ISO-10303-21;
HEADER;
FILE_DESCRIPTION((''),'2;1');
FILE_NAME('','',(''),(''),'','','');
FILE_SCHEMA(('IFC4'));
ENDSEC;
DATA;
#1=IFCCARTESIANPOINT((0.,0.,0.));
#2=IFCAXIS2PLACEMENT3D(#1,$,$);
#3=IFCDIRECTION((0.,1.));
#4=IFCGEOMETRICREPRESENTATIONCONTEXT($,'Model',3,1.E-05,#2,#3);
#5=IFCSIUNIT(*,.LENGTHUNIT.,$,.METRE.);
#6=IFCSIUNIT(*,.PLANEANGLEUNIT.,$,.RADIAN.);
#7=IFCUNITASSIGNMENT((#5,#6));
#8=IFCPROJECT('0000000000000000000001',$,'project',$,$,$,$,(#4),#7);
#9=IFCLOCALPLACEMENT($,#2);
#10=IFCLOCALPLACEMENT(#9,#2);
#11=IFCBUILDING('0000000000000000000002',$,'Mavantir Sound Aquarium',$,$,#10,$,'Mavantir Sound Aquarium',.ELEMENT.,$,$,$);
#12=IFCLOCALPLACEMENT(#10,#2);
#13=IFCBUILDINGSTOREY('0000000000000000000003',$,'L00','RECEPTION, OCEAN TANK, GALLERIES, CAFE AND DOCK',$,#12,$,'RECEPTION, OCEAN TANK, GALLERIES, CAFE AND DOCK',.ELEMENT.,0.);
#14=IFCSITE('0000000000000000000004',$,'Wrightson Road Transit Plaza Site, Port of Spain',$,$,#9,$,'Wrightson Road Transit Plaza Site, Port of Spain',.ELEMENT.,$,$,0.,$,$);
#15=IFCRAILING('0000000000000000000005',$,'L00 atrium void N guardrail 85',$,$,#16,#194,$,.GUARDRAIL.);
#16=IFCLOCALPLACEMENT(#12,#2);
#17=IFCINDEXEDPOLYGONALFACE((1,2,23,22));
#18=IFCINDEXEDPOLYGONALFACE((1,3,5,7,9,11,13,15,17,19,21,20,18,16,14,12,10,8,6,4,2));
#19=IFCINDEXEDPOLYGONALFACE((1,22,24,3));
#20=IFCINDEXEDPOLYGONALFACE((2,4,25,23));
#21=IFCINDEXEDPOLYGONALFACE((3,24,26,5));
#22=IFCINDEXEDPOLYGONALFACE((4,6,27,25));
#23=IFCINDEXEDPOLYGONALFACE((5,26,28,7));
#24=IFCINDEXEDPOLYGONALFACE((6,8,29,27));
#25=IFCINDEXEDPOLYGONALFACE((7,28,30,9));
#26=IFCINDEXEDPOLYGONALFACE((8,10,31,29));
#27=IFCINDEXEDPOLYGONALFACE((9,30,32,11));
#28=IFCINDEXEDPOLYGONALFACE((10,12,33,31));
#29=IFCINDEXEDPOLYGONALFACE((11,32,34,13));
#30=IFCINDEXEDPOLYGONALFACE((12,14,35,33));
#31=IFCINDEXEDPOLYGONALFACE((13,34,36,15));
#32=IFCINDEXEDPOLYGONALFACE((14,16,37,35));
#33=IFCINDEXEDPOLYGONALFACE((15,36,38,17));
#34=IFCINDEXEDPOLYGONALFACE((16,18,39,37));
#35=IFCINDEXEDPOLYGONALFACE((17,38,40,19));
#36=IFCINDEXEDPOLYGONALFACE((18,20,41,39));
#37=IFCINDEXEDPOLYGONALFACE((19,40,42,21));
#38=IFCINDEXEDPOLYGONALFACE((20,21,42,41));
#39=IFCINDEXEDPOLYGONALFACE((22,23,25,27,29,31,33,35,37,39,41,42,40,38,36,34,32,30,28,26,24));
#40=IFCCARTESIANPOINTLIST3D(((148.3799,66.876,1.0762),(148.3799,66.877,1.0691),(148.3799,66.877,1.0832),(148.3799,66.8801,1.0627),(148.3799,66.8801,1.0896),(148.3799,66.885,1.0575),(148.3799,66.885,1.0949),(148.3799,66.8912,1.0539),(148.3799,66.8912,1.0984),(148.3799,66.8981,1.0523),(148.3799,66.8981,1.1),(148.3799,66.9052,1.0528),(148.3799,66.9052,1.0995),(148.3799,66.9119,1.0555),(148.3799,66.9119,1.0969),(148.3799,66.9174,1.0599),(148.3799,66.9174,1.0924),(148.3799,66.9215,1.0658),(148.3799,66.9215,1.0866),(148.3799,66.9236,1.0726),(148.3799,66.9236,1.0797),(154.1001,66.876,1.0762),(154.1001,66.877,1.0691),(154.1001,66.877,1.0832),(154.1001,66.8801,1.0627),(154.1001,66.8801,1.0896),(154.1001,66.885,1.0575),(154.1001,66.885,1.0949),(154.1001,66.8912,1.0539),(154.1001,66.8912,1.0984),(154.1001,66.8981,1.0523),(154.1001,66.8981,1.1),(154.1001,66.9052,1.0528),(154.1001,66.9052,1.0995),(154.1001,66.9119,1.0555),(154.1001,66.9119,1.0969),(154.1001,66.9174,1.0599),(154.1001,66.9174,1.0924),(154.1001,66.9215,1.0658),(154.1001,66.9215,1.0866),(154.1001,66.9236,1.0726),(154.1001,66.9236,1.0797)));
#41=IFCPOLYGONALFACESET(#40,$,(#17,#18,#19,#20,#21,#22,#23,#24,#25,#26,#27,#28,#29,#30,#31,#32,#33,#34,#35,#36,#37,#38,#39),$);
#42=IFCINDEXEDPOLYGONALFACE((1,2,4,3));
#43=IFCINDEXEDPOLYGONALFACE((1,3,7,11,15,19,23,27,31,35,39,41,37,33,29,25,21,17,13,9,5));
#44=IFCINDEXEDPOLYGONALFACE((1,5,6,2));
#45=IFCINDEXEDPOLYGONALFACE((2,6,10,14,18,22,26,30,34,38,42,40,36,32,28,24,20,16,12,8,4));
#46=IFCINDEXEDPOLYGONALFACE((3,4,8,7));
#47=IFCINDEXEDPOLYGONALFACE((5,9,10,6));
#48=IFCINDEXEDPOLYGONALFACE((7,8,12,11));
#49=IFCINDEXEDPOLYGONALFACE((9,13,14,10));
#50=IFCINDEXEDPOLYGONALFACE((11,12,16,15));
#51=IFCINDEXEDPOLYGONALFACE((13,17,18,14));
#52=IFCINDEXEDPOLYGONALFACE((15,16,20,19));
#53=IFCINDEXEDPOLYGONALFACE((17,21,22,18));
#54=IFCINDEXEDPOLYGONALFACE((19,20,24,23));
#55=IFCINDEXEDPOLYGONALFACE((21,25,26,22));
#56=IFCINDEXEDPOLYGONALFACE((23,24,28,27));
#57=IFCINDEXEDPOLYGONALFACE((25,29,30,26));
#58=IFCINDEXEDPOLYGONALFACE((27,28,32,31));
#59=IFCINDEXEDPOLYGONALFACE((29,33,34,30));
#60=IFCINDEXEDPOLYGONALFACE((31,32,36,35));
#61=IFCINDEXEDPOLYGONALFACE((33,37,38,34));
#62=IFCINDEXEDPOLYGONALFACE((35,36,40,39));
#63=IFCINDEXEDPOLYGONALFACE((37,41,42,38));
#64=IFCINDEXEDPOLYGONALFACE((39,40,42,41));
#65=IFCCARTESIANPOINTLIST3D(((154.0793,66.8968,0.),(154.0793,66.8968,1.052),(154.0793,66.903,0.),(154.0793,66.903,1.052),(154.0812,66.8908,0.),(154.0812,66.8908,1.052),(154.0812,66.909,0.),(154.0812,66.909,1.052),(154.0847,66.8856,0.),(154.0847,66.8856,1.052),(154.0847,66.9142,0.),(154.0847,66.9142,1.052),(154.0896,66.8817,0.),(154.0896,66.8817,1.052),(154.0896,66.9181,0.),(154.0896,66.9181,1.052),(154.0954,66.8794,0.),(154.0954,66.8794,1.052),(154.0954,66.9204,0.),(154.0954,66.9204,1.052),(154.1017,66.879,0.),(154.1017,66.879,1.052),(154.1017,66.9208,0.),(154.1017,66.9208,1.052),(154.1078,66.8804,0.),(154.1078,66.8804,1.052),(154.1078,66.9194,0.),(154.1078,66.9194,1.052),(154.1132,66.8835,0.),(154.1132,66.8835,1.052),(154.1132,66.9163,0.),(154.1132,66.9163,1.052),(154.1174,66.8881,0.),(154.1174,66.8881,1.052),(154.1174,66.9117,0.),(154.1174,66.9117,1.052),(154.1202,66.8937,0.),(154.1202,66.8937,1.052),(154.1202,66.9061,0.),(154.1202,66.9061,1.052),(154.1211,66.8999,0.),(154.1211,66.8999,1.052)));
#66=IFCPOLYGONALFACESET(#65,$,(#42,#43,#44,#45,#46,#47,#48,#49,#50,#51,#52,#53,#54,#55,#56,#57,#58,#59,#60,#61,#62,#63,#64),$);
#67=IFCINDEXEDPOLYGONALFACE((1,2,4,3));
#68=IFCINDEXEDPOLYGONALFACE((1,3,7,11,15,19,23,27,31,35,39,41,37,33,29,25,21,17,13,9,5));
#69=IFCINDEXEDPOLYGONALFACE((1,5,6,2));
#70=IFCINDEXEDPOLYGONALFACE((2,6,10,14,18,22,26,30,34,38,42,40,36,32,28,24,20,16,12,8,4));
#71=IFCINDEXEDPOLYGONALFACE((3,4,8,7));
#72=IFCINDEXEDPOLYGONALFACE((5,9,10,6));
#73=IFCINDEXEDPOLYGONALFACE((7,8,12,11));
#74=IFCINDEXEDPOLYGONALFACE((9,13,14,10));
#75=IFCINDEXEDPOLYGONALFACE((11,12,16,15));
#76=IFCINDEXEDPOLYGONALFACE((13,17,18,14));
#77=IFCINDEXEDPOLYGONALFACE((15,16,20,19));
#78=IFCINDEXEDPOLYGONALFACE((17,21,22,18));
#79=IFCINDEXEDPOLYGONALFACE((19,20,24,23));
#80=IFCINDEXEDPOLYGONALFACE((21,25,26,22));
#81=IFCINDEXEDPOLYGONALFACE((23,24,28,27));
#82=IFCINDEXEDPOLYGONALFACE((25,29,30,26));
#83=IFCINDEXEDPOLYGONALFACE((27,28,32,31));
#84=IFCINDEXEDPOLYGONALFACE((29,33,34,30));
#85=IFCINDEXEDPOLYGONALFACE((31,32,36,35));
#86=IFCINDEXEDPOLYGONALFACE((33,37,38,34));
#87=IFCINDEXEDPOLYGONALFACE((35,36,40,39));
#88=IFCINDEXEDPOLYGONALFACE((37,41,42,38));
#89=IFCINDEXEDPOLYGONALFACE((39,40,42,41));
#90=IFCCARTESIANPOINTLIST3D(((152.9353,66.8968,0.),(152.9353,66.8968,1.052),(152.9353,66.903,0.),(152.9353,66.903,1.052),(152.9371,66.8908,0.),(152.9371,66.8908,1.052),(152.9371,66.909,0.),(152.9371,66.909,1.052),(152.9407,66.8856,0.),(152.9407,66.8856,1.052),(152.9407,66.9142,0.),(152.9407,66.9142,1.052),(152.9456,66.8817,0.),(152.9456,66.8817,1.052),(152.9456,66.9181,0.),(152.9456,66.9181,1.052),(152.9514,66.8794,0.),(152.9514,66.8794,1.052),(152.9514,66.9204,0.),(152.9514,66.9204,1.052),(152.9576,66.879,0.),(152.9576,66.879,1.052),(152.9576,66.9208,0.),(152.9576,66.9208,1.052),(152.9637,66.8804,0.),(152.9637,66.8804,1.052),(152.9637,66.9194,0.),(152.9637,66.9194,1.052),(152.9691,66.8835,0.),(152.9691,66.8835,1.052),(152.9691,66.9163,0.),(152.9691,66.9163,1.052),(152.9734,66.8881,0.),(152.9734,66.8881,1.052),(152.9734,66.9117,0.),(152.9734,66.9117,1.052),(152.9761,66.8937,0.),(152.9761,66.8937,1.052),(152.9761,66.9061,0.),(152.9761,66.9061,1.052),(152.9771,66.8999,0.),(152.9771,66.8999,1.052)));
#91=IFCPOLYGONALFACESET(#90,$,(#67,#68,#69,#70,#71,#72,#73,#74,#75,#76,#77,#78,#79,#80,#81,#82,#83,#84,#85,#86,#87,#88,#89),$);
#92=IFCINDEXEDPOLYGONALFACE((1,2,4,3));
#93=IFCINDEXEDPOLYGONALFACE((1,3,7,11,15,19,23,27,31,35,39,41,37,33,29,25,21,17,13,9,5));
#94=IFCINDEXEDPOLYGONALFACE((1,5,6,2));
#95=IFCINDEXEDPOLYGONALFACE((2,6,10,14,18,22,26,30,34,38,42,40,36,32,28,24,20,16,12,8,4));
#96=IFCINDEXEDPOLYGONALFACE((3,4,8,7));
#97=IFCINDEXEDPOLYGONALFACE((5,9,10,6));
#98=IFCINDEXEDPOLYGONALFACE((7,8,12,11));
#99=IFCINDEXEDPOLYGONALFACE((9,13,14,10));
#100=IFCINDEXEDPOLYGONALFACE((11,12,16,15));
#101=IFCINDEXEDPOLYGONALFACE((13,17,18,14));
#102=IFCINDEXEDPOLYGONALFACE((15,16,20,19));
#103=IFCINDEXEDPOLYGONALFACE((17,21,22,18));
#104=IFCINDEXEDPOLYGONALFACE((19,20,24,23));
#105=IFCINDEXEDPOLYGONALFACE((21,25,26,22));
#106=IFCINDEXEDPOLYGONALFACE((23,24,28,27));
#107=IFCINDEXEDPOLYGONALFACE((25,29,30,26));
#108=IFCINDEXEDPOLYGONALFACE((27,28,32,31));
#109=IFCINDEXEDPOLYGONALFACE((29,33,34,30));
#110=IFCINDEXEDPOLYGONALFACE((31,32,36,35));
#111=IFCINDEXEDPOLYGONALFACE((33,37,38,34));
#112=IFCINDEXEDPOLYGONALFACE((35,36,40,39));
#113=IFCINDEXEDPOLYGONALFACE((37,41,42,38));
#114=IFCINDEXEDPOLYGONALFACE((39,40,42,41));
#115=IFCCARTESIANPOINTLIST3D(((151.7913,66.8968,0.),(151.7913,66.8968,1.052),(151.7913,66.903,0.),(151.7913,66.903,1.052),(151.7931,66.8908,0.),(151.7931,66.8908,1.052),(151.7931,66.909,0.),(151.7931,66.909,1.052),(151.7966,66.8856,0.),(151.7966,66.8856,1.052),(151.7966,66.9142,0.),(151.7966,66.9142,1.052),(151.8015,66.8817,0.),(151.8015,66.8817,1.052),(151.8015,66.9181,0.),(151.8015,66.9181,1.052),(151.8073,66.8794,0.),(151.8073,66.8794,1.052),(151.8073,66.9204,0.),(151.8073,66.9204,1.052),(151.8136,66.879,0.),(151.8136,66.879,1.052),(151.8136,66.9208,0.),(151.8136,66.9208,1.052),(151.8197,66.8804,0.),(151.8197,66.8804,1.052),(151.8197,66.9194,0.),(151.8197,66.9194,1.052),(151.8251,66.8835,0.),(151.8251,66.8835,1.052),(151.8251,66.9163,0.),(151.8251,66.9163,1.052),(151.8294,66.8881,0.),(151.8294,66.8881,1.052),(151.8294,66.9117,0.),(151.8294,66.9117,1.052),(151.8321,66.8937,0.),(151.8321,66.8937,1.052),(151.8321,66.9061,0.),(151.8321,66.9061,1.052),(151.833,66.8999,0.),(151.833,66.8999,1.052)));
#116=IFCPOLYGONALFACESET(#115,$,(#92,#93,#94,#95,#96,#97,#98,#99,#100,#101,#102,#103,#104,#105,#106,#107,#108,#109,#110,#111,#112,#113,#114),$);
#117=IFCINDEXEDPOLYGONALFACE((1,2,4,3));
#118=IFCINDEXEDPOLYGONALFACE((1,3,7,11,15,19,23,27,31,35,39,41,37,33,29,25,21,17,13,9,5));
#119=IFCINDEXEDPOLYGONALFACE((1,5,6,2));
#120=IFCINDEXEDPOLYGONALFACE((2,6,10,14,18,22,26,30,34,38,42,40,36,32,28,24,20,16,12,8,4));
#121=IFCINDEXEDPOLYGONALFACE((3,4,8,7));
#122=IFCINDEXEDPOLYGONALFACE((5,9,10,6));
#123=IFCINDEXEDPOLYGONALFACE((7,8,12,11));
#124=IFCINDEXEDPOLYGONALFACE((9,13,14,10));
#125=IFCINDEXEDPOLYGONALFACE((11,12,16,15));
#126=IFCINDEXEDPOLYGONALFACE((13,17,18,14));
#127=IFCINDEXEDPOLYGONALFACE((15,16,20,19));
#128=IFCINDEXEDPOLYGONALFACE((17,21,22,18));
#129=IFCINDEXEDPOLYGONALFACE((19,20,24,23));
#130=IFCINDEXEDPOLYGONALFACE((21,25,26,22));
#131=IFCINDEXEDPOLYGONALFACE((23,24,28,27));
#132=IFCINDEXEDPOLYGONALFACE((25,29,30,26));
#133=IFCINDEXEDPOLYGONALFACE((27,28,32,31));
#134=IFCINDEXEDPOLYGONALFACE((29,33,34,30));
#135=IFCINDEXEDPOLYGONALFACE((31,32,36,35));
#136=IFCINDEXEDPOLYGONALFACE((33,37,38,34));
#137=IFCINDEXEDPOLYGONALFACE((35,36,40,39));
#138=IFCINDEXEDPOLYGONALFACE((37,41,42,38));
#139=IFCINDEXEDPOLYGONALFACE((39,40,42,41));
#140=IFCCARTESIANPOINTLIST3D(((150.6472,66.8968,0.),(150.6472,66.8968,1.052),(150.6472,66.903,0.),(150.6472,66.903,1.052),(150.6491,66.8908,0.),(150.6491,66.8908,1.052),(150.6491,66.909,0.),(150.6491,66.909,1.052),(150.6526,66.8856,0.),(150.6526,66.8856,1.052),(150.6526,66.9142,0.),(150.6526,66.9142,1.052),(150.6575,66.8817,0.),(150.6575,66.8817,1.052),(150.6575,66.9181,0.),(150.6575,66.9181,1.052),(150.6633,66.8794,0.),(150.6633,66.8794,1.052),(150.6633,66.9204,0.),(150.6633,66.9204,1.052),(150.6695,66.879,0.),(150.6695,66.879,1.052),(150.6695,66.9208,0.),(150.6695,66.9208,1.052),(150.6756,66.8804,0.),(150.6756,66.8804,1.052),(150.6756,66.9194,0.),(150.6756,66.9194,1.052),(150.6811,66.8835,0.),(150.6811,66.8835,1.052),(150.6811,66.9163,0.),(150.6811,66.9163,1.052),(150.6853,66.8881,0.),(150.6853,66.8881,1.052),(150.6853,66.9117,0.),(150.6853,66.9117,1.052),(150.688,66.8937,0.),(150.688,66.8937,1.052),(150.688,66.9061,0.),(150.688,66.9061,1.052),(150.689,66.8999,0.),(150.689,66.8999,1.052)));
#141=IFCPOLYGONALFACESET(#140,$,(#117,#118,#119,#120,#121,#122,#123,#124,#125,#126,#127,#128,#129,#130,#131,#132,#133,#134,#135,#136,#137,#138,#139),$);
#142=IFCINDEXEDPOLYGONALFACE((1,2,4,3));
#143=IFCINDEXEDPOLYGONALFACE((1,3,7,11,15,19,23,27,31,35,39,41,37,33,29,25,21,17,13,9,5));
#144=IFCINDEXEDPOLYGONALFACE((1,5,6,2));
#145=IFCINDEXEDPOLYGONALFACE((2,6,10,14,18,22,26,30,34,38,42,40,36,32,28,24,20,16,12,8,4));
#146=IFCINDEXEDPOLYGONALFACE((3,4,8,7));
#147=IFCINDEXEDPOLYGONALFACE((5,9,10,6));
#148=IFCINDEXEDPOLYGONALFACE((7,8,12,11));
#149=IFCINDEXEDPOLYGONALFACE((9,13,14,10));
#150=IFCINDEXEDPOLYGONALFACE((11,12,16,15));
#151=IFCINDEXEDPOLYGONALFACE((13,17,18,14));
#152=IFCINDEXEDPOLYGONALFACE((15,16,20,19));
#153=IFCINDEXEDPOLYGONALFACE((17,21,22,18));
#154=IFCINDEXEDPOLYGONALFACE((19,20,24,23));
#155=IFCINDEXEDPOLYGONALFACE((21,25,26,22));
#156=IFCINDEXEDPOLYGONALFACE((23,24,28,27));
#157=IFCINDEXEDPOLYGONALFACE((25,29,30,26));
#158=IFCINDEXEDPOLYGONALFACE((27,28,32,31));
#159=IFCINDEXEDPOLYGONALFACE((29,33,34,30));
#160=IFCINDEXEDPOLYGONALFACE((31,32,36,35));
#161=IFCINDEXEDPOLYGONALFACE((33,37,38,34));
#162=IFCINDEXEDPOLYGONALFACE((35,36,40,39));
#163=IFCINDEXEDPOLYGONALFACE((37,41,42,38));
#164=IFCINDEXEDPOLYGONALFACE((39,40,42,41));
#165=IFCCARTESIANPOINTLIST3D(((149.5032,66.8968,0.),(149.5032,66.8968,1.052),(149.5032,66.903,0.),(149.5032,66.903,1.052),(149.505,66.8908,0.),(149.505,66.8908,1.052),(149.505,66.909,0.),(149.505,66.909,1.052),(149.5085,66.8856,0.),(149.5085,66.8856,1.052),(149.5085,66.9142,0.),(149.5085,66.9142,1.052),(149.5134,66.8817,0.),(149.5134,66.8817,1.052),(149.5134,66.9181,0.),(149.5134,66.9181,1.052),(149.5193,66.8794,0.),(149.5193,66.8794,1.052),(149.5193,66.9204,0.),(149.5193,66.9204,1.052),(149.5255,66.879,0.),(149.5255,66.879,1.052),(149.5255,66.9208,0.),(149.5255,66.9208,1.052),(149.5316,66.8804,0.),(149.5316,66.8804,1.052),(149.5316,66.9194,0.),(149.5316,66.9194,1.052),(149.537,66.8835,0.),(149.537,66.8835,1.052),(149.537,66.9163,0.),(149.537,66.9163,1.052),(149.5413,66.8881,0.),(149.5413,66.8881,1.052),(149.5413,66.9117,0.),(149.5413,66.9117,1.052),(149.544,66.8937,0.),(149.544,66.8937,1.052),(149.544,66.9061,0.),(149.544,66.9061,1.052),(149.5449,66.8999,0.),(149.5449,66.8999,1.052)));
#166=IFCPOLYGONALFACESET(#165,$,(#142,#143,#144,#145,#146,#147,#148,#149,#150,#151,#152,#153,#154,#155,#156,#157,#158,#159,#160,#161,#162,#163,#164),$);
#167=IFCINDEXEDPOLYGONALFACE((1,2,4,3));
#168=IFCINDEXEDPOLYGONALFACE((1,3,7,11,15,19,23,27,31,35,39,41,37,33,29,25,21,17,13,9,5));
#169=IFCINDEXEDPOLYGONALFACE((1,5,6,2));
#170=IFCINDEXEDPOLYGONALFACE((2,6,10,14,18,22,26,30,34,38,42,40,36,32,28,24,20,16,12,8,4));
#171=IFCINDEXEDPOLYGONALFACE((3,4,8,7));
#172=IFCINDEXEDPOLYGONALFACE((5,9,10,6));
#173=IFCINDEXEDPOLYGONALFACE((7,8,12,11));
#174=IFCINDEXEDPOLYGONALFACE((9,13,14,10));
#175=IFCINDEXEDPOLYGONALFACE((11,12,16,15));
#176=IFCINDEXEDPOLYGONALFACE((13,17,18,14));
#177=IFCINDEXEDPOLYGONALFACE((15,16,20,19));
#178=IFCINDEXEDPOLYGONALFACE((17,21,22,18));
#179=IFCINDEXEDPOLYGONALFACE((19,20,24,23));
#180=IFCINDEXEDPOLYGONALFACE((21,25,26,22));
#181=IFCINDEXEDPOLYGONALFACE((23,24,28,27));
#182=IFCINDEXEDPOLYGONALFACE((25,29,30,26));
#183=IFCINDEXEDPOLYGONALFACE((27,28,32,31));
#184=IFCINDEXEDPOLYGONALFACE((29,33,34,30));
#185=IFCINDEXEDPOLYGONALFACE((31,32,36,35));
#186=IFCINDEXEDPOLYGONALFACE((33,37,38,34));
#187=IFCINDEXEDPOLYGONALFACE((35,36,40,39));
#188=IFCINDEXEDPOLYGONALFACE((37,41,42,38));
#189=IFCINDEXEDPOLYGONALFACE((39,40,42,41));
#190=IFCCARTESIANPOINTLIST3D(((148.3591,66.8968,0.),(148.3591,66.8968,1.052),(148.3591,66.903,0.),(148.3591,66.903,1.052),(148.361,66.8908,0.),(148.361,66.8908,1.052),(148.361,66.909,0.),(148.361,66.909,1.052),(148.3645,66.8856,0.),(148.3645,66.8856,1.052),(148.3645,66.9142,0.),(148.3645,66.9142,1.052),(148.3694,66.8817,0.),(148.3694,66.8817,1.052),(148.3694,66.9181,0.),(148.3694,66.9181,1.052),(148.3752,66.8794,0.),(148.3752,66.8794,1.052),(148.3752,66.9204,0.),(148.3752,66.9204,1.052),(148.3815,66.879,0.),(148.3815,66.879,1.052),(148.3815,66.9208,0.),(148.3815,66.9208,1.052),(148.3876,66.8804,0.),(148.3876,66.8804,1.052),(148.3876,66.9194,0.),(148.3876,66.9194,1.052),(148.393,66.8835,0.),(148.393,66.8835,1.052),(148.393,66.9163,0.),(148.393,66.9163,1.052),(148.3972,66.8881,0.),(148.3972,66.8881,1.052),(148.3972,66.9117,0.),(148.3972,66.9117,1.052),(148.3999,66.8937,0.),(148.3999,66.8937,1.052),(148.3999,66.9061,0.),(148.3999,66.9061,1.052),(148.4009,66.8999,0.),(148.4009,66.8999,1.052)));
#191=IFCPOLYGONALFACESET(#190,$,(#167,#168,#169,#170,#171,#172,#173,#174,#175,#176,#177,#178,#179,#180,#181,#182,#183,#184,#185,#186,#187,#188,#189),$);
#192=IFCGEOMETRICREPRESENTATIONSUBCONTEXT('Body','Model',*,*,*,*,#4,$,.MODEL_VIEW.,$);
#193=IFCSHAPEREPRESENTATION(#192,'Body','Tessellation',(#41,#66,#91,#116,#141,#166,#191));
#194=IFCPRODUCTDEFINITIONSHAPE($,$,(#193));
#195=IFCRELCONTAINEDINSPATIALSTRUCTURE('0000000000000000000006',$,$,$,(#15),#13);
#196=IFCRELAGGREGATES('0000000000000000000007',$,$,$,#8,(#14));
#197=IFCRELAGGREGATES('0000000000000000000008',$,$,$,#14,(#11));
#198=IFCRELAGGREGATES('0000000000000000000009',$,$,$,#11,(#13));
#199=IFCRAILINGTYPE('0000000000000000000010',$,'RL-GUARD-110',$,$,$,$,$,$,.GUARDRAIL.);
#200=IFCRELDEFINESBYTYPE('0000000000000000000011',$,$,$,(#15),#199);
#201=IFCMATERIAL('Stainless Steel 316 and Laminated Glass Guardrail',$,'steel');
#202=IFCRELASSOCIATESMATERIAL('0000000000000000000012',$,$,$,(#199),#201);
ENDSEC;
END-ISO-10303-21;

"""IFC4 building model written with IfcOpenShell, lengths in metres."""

from ifc_helpers import new_model, si_unit, direction, frame, origin, origin_2d, place, context, subcontext, project, spatial, circle, extrude, material, type_object, element, save


model = new_model("IFC4")

# Units and contexts
model_context = context("Model", 3, precision=1e-05, world=origin(), true_north=direction((0.0, 1.0)))
body_context = subcontext(model_context, "Body", "Model", "MODEL_VIEW")
ifc_project = project(units=[si_unit("LENGTHUNIT", "METRE"), si_unit("PLANEANGLEUNIT", "RADIAN")], contexts=[model_context])

# Site, building, storey
site_placement = place(None, origin())
site = spatial("IfcSite", under=ifc_project, at=site_placement, Name="Wrightson Road Transit Plaza Site, Port of Spain", LongName="Wrightson Road Transit Plaza Site, Port of Spain", CompositionType="ELEMENT", RefElevation=0.0)
building_placement = place(site_placement, origin())
building = spatial("IfcBuilding", under=site, at=building_placement, Name="Mavantir Sound Aquarium", LongName="Mavantir Sound Aquarium", CompositionType="ELEMENT")
storey_placement = place(building_placement, origin())
storey = spatial("IfcBuildingStorey", under=building, at=storey_placement, Name="L00", Description="RECEPTION, OCEAN TANK, GALLERIES, CAFE AND DOCK", LongName="RECEPTION, OCEAN TANK, GALLERIES, CAFE AND DOCK", CompositionType="ELEMENT", Elevation=0.0)

# Railing
ifc_material_1 = material(Name="Stainless Steel 316 and Laminated Glass Guardrail", Category="steel")
railing_type = type_object("IfcRailingType", Name="RL-GUARD-110", PredefinedType="GUARDRAIL", material=ifc_material_1)
railing_1_placement = place(storey_placement, frame((154.1001, 66.8999, 0.0)))
element("IfcRailing", 1, at=railing_1_placement, inside=storey, type_object=railing_type, Name="L00 atrium void N guardrail 85", PredefinedType="GUARDRAIL", context=body_context, shape_type="SweptSolid", body=[
    extrude(circle(Radius=0.0239, at=origin_2d()), frame((0.0, 0.0, 1.0762), z_axis=(-1.0, 0.0, 0.0), x_axis=(0.0, -1.0, 0.0)), (0.0, 0.0, 1.0), 5.7202),
    extrude(circle(Radius=0.021, at=origin_2d()), origin(), (0.0, 0.0, 1.0), 1.052),
    extrude(circle(Radius=0.021, at=origin_2d()), frame((-1.144, 0.0, 0.0)), (0.0, 0.0, 1.0), 1.052),
    extrude(circle(Radius=0.021, at=origin_2d()), frame((-2.2881, 0.0, 0.0)), (0.0, 0.0, 1.0), 1.052),
    extrude(circle(Radius=0.021, at=origin_2d()), frame((-3.4321, 0.0, 0.0)), (0.0, 0.0, 1.0), 1.052),
    extrude(circle(Radius=0.021, at=origin_2d()), frame((-4.5762, 0.0, 0.0)), (0.0, 0.0, 1.0), 1.052),
    extrude(circle(Radius=0.021, at=origin_2d()), frame((-5.7202, 0.0, 0.0)), (0.0, 0.0, 1.0), 1.052),
])

save(model, "model.ifc")
